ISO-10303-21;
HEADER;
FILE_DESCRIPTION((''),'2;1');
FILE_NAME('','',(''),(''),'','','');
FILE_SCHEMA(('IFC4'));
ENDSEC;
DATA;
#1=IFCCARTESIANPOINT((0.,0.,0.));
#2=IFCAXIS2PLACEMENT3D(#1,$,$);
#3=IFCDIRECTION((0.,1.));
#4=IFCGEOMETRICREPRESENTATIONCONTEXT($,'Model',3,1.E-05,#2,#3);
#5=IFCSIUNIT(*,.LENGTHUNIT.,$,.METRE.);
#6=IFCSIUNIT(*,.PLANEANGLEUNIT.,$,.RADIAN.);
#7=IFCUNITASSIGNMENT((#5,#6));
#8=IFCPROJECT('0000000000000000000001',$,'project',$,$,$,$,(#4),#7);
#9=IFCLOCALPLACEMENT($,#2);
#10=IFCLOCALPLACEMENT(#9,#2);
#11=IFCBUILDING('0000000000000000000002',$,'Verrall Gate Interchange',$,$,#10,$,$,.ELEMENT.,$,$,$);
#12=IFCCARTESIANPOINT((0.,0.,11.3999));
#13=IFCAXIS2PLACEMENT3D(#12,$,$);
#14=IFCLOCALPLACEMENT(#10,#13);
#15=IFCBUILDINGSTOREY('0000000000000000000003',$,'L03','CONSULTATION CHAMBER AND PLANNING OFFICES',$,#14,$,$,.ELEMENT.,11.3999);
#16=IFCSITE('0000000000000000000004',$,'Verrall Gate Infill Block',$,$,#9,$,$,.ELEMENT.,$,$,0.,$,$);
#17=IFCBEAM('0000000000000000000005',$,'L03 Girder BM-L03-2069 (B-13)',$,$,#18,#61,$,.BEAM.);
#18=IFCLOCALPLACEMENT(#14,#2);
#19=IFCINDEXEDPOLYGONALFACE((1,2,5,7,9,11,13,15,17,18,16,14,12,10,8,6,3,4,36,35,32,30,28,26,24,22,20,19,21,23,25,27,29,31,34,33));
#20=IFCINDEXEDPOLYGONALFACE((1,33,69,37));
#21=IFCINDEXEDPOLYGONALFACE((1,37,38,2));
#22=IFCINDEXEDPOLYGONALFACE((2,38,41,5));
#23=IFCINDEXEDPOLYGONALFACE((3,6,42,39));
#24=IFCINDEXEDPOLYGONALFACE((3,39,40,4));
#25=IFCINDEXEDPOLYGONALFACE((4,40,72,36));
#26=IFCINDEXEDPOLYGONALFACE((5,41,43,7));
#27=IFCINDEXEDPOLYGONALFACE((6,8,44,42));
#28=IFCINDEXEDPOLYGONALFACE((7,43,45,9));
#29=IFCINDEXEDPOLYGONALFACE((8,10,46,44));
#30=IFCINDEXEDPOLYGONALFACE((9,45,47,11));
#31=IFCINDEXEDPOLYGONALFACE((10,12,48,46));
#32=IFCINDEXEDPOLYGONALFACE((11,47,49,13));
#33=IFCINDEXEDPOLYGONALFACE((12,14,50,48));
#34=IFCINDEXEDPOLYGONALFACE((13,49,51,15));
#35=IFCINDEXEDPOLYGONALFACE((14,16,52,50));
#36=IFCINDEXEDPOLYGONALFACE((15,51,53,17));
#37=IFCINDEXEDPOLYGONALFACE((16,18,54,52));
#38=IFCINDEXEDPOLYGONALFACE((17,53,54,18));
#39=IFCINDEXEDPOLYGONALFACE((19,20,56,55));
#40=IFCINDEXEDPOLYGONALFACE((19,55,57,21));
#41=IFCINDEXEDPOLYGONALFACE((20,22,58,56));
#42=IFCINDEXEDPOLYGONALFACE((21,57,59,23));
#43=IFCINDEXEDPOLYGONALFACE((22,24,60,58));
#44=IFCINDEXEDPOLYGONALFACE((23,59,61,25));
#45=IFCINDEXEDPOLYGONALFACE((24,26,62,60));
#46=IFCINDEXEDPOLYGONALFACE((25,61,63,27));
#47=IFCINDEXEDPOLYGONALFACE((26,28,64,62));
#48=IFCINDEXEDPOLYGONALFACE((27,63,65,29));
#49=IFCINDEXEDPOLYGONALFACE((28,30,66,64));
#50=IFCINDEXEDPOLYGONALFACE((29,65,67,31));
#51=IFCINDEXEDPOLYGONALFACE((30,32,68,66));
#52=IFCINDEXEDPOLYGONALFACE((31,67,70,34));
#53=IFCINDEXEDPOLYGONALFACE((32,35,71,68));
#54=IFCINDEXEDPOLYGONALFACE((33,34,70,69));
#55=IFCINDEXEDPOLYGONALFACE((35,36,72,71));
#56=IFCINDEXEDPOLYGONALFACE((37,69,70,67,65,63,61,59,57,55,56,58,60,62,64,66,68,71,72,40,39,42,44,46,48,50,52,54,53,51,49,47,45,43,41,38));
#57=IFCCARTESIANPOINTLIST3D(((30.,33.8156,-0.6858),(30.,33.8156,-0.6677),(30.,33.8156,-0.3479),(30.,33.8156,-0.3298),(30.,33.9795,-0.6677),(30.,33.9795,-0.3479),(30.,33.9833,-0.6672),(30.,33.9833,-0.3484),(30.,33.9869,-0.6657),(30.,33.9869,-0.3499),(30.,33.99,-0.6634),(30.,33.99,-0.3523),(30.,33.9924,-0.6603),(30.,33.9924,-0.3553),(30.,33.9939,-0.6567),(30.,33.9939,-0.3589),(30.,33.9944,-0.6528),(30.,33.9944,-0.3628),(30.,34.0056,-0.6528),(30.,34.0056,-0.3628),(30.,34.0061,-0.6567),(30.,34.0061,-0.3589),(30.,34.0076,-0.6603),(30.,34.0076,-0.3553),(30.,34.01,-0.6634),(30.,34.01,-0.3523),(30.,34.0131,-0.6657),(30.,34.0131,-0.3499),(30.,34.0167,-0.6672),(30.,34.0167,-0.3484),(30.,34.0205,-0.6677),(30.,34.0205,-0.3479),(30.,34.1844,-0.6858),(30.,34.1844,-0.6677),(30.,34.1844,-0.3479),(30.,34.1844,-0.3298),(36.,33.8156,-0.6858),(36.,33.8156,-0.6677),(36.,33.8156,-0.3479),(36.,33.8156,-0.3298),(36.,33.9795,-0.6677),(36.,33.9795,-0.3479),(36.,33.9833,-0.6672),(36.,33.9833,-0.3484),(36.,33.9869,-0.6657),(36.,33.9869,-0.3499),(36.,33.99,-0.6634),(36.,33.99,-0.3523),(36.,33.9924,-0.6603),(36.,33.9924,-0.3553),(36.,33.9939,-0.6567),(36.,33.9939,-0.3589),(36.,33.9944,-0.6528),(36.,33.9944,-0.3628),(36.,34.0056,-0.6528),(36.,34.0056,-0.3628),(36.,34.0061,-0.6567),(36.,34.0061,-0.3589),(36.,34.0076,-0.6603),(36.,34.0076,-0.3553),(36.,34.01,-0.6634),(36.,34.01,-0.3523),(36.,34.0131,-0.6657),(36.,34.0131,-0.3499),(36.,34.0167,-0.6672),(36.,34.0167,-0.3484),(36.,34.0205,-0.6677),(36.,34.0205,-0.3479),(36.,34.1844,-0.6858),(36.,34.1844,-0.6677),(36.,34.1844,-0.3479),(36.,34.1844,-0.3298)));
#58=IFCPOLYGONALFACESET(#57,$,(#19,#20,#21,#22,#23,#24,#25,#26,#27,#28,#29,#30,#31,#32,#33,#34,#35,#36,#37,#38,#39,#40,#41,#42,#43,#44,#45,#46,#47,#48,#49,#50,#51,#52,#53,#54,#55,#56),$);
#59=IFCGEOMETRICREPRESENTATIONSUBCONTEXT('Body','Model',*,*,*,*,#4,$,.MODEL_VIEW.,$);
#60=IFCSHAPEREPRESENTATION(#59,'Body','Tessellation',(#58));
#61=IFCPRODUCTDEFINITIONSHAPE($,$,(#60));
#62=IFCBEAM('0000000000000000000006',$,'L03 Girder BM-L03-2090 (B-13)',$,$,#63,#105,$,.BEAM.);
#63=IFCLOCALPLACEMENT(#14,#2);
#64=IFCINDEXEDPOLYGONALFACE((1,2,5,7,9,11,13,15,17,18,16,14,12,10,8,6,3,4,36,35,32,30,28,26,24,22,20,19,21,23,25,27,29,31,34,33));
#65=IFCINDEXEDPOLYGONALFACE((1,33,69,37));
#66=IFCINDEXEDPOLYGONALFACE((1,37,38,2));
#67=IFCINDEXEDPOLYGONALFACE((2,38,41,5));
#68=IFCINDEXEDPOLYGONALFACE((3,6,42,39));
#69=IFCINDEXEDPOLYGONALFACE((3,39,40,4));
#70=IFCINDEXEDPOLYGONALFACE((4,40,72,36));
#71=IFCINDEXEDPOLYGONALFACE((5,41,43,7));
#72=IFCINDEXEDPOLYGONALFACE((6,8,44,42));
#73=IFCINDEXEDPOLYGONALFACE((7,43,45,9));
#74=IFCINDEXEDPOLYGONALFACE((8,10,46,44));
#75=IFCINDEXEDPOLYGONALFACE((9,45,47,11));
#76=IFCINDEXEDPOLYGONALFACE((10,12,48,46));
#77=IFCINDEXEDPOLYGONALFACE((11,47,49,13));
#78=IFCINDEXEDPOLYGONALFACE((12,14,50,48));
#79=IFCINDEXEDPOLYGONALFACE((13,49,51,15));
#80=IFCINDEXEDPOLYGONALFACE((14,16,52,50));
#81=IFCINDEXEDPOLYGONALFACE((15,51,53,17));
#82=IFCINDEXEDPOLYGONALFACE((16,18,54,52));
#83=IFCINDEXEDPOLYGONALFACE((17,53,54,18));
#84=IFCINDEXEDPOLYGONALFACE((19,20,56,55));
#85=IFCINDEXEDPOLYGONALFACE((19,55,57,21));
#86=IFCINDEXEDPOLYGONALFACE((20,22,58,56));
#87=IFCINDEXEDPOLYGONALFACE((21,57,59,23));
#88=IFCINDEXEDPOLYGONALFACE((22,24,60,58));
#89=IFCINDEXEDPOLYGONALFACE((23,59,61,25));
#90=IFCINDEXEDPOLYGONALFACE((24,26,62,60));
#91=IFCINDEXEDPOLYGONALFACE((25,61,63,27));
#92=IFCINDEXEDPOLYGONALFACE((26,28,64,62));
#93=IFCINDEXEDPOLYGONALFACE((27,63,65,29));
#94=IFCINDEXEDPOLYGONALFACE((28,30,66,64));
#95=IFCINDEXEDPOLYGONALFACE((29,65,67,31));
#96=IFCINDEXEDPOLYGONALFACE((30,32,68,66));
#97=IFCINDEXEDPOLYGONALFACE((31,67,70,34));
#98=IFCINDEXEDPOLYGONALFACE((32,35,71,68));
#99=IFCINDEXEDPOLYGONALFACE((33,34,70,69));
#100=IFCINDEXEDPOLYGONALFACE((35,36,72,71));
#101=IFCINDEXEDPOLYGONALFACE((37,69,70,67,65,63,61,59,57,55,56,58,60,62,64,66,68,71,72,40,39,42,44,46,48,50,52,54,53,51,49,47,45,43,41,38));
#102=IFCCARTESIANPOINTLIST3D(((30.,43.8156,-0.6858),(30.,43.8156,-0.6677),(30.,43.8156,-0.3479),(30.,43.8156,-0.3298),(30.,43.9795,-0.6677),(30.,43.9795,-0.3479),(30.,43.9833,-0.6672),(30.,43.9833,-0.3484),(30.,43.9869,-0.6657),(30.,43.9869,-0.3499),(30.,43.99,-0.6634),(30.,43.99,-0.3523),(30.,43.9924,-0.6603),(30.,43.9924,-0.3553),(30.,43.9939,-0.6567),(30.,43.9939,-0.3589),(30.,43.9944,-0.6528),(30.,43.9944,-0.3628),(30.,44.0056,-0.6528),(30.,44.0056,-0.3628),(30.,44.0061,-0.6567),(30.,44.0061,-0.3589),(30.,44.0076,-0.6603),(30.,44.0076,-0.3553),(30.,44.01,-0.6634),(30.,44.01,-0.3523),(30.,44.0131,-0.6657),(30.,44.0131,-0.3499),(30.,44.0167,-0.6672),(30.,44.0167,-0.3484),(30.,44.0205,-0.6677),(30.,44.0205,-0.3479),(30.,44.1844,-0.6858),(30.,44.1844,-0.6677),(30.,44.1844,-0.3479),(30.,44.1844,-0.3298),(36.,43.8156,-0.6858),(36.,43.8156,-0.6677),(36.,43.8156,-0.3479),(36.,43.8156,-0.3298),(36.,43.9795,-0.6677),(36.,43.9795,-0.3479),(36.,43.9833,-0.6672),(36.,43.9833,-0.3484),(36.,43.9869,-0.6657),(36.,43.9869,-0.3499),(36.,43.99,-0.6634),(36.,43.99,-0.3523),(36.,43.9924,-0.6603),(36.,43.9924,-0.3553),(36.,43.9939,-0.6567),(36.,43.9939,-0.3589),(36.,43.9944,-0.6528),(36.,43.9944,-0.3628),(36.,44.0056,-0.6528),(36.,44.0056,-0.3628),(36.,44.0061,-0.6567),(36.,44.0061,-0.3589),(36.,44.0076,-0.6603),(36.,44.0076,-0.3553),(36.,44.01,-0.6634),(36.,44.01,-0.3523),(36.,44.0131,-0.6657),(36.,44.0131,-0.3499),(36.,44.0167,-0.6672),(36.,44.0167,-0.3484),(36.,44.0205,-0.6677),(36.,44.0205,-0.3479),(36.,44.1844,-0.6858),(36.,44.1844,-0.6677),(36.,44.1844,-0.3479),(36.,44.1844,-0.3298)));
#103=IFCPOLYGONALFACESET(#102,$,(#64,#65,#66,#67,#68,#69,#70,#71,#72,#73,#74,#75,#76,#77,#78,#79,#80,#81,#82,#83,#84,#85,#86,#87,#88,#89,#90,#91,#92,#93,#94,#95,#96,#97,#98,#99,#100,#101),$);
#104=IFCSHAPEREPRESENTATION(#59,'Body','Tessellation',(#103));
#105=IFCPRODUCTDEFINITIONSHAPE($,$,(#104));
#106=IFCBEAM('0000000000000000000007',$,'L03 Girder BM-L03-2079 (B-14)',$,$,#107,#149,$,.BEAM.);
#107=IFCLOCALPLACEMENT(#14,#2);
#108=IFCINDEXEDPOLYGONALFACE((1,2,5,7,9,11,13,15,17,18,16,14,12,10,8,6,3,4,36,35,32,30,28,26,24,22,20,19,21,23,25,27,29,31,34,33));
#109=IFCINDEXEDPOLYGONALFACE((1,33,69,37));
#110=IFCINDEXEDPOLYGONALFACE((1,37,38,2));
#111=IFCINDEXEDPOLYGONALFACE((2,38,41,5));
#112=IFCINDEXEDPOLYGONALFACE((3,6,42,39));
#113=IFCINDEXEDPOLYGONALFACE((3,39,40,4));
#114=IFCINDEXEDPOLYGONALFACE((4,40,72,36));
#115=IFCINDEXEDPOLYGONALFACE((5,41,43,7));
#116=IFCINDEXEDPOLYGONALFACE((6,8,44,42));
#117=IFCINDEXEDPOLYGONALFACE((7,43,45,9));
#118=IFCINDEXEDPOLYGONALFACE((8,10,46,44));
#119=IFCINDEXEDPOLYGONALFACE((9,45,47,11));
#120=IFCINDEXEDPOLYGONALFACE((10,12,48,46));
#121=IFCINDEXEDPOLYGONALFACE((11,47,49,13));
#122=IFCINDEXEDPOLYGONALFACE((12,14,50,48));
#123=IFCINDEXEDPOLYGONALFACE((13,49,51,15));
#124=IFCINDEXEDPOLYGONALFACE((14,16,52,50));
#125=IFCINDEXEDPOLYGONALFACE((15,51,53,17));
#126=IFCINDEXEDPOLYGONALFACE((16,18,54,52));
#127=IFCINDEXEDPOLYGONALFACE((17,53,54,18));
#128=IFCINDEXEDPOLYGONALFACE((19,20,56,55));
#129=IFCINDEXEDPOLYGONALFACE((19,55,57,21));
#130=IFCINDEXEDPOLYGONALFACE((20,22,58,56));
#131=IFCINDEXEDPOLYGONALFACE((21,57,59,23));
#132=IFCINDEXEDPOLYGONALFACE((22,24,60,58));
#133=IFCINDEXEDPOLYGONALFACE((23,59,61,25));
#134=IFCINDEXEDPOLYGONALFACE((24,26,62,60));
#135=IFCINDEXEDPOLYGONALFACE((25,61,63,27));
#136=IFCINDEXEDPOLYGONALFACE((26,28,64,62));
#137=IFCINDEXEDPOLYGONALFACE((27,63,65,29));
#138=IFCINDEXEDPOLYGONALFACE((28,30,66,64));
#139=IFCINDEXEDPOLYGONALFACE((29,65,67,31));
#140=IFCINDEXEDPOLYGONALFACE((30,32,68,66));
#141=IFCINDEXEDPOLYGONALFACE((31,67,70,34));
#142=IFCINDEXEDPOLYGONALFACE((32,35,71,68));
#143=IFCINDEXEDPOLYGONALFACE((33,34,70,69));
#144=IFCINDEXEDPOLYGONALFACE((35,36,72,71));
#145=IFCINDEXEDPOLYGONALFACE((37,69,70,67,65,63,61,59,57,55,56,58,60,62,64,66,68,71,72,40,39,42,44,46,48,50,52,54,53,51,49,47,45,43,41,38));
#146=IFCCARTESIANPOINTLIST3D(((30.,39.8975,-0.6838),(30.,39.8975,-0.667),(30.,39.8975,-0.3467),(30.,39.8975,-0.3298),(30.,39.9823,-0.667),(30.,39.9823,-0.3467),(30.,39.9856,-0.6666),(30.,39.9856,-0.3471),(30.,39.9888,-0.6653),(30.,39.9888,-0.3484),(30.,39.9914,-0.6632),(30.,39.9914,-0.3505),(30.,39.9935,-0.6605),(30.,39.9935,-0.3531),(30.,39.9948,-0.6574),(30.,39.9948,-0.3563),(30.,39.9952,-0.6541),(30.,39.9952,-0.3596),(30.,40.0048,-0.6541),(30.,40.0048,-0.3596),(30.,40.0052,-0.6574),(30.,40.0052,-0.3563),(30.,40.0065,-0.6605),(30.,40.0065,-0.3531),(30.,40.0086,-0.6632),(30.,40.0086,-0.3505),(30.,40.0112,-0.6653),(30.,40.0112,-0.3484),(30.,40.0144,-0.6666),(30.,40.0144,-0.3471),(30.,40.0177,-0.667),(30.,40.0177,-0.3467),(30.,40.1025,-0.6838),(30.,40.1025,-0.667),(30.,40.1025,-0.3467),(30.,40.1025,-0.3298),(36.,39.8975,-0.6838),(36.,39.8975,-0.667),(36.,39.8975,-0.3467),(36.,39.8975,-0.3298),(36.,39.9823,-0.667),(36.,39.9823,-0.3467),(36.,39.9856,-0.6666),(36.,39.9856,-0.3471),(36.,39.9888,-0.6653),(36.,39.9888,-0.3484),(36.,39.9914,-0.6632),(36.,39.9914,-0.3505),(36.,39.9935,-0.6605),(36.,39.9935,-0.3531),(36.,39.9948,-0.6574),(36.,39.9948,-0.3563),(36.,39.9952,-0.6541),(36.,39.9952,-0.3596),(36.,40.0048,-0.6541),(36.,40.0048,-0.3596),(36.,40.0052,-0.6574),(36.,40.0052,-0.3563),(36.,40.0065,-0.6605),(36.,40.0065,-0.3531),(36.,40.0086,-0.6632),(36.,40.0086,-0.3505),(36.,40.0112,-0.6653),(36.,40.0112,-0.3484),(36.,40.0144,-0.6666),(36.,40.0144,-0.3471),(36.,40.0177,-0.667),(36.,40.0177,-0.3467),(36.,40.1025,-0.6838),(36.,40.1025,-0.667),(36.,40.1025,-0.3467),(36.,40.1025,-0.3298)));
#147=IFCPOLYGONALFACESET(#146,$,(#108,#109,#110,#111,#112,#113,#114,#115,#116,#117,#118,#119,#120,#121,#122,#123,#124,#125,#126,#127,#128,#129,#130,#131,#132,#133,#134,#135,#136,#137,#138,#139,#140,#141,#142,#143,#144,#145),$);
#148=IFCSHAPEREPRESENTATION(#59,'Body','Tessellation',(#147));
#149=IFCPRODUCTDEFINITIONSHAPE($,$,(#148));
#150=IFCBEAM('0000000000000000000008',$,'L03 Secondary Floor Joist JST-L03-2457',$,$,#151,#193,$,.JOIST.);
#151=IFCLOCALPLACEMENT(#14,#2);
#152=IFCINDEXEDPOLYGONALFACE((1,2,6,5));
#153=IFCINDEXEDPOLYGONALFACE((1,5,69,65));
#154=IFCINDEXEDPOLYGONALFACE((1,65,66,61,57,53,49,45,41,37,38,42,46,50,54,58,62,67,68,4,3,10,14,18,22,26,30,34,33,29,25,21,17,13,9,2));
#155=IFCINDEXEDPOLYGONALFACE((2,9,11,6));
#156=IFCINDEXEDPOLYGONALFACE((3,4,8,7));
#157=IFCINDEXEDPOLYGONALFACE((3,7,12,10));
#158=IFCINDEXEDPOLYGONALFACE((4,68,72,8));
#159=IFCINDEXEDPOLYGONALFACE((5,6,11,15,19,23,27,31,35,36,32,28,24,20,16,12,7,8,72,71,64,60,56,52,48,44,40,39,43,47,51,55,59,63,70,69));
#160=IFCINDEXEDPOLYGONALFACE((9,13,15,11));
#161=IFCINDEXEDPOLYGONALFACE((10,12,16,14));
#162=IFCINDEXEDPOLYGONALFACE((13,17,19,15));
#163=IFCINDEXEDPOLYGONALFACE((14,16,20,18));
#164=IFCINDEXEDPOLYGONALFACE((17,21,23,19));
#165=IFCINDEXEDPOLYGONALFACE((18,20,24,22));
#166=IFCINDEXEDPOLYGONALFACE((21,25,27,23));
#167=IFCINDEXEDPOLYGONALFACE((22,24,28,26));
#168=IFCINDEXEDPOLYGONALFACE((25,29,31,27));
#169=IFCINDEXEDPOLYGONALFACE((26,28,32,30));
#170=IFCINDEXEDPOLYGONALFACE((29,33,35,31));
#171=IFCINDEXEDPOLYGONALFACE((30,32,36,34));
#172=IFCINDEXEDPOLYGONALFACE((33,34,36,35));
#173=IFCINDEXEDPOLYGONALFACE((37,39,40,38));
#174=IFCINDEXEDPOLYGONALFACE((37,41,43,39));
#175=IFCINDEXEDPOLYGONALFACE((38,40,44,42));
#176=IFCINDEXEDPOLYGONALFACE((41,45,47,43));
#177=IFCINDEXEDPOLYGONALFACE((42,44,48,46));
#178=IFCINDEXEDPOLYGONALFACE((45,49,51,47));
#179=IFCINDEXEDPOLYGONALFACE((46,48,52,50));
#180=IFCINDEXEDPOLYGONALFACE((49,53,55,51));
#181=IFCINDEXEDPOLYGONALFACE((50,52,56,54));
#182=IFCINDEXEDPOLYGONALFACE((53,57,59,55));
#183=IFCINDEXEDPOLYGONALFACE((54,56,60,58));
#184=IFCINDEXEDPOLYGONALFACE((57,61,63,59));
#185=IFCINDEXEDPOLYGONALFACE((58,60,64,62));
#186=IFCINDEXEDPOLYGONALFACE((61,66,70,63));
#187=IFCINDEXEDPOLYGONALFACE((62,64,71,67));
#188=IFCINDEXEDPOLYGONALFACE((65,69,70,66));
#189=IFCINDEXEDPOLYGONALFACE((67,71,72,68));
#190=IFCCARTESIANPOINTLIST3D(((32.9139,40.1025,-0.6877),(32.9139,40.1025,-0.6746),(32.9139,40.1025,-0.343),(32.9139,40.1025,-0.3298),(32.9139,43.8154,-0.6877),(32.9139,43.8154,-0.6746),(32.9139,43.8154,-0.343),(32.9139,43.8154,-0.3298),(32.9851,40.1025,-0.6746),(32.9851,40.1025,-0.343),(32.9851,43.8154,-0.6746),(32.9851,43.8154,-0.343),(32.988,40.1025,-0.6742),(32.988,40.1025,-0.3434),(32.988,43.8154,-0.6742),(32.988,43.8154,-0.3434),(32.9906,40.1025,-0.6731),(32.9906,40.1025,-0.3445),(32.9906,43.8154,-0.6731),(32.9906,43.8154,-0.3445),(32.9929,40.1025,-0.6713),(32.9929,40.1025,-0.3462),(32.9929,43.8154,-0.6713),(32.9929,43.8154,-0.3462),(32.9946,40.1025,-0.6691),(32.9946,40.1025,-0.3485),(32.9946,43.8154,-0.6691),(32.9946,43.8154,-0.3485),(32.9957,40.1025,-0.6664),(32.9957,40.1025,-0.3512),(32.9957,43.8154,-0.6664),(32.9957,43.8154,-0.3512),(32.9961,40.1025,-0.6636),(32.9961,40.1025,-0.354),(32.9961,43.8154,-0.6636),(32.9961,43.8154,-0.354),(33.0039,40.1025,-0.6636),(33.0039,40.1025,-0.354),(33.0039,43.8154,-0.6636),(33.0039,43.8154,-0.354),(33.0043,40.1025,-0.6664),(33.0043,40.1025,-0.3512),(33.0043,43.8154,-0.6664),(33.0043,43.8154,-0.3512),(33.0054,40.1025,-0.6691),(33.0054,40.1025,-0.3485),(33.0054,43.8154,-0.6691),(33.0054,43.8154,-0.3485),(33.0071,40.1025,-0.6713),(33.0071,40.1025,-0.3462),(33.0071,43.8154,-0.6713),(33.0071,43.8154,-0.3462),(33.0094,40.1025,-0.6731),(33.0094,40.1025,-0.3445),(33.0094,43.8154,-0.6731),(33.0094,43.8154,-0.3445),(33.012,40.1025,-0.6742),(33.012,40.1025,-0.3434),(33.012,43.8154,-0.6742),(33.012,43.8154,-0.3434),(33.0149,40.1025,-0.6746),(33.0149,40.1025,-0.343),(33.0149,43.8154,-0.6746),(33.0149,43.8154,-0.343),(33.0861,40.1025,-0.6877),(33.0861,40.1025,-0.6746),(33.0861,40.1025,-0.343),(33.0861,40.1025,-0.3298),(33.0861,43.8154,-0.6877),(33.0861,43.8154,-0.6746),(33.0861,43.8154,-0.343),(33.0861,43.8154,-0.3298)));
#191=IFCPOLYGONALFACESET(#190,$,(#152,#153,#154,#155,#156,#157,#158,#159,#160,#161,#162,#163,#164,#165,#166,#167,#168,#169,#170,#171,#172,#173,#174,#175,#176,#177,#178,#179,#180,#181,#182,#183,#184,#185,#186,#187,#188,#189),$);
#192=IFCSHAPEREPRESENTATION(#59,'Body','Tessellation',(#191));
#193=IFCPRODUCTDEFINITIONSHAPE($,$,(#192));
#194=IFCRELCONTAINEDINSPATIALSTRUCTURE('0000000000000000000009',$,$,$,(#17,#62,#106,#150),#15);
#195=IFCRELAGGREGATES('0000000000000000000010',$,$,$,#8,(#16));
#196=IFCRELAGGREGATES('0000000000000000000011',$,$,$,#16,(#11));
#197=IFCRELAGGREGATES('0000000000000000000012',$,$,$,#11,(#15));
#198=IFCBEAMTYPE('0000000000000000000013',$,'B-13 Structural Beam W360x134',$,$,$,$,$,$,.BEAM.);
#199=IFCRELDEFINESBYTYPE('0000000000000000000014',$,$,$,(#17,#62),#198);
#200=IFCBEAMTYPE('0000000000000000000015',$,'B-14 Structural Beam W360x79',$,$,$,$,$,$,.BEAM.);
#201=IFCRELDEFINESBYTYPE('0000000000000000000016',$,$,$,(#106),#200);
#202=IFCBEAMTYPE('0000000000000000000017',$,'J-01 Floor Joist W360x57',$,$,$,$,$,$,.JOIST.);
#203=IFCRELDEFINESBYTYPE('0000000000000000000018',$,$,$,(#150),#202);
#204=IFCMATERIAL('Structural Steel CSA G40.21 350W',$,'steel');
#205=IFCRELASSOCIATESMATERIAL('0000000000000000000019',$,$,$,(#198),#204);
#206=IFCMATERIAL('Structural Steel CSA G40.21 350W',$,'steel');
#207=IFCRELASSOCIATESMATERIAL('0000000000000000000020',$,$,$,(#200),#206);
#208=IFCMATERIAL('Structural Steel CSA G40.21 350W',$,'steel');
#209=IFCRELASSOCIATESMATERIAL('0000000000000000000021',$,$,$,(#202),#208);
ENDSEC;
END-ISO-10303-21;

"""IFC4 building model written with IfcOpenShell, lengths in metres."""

from ifc_helpers import new_model, si_unit, direction, frame, origin, origin_2d, place, context, subcontext, project, spatial, i_section, extrude, material, material_profile, profile_set, type_object, element, save


model = new_model("IFC4")

# Units and contexts
model_context = context("Model", 3, precision=1e-05, world=origin(), true_north=direction((0.0, 1.0)))
body_context = subcontext(model_context, "Body", "Model", "MODEL_VIEW")
ifc_project = project(units=[si_unit("LENGTHUNIT", "METRE"), si_unit("PLANEANGLEUNIT", "RADIAN")], contexts=[model_context])

# Site, building, storey
site_placement = place(None, origin())
site = spatial("IfcSite", under=ifc_project, at=site_placement, Name="Verrall Gate Infill Block", CompositionType="ELEMENT", RefElevation=0.0)
building_placement = place(site_placement, origin())
building = spatial("IfcBuilding", under=site, at=building_placement, Name="Verrall Gate Interchange", CompositionType="ELEMENT")
storey_placement = place(building_placement, frame((0.0, 0.0, 11.3999)))
storey = spatial("IfcBuildingStorey", under=building, at=storey_placement, Name="L03", Description="CONSULTATION CHAMBER AND PLANNING OFFICES", CompositionType="ELEMENT", Elevation=11.3999)

# Beams
ifc_material_1 = material(Name="Structural Steel CSA G40.21 350W", Category="steel")
ifc_material_profile_1 = material_profile(ifc_material_1, i_section(OverallWidth=0.3689, OverallDepth=0.356, WebThickness=0.0112, FlangeThickness=0.0181, FilletRadius=0.0149, at=origin_2d()), Name="W360x134")
ifc_profile_set_1 = profile_set([ifc_material_profile_1], Name="Structural Steel CSA G40.21 350W")
beam_type_1 = type_object("IfcBeamType", Name="B-13 Structural Beam W360x134", PredefinedType="BEAM", material=ifc_profile_set_1)
for number, where, z_axis, x_axis, name in (
    (1, (30.0, 34.0, -0.5078), (1.0, 0.0, 0.0), (0.0, 1.0, 0.0), "L03 Girder BM-L03-2069 (B-13)"),
    (2, (30.0, 44.0, -0.5078), (1.0, 0.0, 0.0), (0.0, 1.0, 0.0), "L03 Girder BM-L03-2090 (B-13)"),
):
    element("IfcBeam", number, at=place(storey_placement, frame(where, z_axis=z_axis, x_axis=x_axis)), inside=storey, type_object=beam_type_1, Name=name, PredefinedType="BEAM", context=body_context, shape_type="SweptSolid", body=[
        extrude(i_section(OverallWidth=0.3689, OverallDepth=0.356, WebThickness=0.0112, FlangeThickness=0.0181, FilletRadius=0.0149, at=origin_2d()), origin(), (0.0, 0.0, 1.0), 6.0),
    ])
ifc_material_2 = material(Name="Structural Steel CSA G40.21 350W", Category="steel")
ifc_material_profile_2 = material_profile(ifc_material_2, i_section(OverallWidth=0.2051, OverallDepth=0.354, WebThickness=0.0095, FlangeThickness=0.0168, FilletRadius=0.0129, at=origin_2d()), Name="W360x79")
ifc_profile_set_2 = profile_set([ifc_material_profile_2], Name="Structural Steel CSA G40.21 350W")
beam_type_2 = type_object("IfcBeamType", Name="B-14 Structural Beam W360x79", PredefinedType="BEAM", material=ifc_profile_set_2)
beam_1_placement = place(storey_placement, frame((30.0, 40.0, -0.5068), z_axis=(1.0, 0.0, 0.0), x_axis=(0.0, 1.0, 0.0)))
element("IfcBeam", 3, at=beam_1_placement, inside=storey, type_object=beam_type_2, Name="L03 Girder BM-L03-2079 (B-14)", PredefinedType="BEAM", context=body_context, shape_type="SweptSolid", body=[
    extrude(i_section(OverallWidth=0.2051, OverallDepth=0.354, WebThickness=0.0095, FlangeThickness=0.0168, FilletRadius=0.0129, at=origin_2d()), origin(), (0.0, 0.0, 1.0), 6.0),
])
ifc_material_3 = material(Name="Structural Steel CSA G40.21 350W", Category="steel")
ifc_material_profile_3 = material_profile(ifc_material_3, i_section(OverallWidth=0.1721, OverallDepth=0.3579, WebThickness=0.0078, FlangeThickness=0.0132, FilletRadius=0.011, at=origin_2d()), Name="W360x57")
ifc_profile_set_3 = profile_set([ifc_material_profile_3], Name="Structural Steel CSA G40.21 350W")
beam_type_3 = type_object("IfcBeamType", Name="J-01 Floor Joist W360x57", PredefinedType="JOIST", material=ifc_profile_set_3)
beam_2_placement = place(storey_placement, frame((33.0, 40.1025, -0.5088), z_axis=(0.0, 1.0, 0.0), x_axis=(-1.0, 0.0, 0.0)))
element("IfcBeam", 4, at=beam_2_placement, inside=storey, type_object=beam_type_3, Name="L03 Secondary Floor Joist JST-L03-2457", PredefinedType="JOIST", context=body_context, shape_type="SweptSolid", body=[
    extrude(i_section(OverallWidth=0.1721, OverallDepth=0.3579, WebThickness=0.0078, FlangeThickness=0.0132, FilletRadius=0.011, at=origin_2d()), origin(), (0.0, 0.0, 1.0), 3.7129),
])

save(model, "model.ifc")
